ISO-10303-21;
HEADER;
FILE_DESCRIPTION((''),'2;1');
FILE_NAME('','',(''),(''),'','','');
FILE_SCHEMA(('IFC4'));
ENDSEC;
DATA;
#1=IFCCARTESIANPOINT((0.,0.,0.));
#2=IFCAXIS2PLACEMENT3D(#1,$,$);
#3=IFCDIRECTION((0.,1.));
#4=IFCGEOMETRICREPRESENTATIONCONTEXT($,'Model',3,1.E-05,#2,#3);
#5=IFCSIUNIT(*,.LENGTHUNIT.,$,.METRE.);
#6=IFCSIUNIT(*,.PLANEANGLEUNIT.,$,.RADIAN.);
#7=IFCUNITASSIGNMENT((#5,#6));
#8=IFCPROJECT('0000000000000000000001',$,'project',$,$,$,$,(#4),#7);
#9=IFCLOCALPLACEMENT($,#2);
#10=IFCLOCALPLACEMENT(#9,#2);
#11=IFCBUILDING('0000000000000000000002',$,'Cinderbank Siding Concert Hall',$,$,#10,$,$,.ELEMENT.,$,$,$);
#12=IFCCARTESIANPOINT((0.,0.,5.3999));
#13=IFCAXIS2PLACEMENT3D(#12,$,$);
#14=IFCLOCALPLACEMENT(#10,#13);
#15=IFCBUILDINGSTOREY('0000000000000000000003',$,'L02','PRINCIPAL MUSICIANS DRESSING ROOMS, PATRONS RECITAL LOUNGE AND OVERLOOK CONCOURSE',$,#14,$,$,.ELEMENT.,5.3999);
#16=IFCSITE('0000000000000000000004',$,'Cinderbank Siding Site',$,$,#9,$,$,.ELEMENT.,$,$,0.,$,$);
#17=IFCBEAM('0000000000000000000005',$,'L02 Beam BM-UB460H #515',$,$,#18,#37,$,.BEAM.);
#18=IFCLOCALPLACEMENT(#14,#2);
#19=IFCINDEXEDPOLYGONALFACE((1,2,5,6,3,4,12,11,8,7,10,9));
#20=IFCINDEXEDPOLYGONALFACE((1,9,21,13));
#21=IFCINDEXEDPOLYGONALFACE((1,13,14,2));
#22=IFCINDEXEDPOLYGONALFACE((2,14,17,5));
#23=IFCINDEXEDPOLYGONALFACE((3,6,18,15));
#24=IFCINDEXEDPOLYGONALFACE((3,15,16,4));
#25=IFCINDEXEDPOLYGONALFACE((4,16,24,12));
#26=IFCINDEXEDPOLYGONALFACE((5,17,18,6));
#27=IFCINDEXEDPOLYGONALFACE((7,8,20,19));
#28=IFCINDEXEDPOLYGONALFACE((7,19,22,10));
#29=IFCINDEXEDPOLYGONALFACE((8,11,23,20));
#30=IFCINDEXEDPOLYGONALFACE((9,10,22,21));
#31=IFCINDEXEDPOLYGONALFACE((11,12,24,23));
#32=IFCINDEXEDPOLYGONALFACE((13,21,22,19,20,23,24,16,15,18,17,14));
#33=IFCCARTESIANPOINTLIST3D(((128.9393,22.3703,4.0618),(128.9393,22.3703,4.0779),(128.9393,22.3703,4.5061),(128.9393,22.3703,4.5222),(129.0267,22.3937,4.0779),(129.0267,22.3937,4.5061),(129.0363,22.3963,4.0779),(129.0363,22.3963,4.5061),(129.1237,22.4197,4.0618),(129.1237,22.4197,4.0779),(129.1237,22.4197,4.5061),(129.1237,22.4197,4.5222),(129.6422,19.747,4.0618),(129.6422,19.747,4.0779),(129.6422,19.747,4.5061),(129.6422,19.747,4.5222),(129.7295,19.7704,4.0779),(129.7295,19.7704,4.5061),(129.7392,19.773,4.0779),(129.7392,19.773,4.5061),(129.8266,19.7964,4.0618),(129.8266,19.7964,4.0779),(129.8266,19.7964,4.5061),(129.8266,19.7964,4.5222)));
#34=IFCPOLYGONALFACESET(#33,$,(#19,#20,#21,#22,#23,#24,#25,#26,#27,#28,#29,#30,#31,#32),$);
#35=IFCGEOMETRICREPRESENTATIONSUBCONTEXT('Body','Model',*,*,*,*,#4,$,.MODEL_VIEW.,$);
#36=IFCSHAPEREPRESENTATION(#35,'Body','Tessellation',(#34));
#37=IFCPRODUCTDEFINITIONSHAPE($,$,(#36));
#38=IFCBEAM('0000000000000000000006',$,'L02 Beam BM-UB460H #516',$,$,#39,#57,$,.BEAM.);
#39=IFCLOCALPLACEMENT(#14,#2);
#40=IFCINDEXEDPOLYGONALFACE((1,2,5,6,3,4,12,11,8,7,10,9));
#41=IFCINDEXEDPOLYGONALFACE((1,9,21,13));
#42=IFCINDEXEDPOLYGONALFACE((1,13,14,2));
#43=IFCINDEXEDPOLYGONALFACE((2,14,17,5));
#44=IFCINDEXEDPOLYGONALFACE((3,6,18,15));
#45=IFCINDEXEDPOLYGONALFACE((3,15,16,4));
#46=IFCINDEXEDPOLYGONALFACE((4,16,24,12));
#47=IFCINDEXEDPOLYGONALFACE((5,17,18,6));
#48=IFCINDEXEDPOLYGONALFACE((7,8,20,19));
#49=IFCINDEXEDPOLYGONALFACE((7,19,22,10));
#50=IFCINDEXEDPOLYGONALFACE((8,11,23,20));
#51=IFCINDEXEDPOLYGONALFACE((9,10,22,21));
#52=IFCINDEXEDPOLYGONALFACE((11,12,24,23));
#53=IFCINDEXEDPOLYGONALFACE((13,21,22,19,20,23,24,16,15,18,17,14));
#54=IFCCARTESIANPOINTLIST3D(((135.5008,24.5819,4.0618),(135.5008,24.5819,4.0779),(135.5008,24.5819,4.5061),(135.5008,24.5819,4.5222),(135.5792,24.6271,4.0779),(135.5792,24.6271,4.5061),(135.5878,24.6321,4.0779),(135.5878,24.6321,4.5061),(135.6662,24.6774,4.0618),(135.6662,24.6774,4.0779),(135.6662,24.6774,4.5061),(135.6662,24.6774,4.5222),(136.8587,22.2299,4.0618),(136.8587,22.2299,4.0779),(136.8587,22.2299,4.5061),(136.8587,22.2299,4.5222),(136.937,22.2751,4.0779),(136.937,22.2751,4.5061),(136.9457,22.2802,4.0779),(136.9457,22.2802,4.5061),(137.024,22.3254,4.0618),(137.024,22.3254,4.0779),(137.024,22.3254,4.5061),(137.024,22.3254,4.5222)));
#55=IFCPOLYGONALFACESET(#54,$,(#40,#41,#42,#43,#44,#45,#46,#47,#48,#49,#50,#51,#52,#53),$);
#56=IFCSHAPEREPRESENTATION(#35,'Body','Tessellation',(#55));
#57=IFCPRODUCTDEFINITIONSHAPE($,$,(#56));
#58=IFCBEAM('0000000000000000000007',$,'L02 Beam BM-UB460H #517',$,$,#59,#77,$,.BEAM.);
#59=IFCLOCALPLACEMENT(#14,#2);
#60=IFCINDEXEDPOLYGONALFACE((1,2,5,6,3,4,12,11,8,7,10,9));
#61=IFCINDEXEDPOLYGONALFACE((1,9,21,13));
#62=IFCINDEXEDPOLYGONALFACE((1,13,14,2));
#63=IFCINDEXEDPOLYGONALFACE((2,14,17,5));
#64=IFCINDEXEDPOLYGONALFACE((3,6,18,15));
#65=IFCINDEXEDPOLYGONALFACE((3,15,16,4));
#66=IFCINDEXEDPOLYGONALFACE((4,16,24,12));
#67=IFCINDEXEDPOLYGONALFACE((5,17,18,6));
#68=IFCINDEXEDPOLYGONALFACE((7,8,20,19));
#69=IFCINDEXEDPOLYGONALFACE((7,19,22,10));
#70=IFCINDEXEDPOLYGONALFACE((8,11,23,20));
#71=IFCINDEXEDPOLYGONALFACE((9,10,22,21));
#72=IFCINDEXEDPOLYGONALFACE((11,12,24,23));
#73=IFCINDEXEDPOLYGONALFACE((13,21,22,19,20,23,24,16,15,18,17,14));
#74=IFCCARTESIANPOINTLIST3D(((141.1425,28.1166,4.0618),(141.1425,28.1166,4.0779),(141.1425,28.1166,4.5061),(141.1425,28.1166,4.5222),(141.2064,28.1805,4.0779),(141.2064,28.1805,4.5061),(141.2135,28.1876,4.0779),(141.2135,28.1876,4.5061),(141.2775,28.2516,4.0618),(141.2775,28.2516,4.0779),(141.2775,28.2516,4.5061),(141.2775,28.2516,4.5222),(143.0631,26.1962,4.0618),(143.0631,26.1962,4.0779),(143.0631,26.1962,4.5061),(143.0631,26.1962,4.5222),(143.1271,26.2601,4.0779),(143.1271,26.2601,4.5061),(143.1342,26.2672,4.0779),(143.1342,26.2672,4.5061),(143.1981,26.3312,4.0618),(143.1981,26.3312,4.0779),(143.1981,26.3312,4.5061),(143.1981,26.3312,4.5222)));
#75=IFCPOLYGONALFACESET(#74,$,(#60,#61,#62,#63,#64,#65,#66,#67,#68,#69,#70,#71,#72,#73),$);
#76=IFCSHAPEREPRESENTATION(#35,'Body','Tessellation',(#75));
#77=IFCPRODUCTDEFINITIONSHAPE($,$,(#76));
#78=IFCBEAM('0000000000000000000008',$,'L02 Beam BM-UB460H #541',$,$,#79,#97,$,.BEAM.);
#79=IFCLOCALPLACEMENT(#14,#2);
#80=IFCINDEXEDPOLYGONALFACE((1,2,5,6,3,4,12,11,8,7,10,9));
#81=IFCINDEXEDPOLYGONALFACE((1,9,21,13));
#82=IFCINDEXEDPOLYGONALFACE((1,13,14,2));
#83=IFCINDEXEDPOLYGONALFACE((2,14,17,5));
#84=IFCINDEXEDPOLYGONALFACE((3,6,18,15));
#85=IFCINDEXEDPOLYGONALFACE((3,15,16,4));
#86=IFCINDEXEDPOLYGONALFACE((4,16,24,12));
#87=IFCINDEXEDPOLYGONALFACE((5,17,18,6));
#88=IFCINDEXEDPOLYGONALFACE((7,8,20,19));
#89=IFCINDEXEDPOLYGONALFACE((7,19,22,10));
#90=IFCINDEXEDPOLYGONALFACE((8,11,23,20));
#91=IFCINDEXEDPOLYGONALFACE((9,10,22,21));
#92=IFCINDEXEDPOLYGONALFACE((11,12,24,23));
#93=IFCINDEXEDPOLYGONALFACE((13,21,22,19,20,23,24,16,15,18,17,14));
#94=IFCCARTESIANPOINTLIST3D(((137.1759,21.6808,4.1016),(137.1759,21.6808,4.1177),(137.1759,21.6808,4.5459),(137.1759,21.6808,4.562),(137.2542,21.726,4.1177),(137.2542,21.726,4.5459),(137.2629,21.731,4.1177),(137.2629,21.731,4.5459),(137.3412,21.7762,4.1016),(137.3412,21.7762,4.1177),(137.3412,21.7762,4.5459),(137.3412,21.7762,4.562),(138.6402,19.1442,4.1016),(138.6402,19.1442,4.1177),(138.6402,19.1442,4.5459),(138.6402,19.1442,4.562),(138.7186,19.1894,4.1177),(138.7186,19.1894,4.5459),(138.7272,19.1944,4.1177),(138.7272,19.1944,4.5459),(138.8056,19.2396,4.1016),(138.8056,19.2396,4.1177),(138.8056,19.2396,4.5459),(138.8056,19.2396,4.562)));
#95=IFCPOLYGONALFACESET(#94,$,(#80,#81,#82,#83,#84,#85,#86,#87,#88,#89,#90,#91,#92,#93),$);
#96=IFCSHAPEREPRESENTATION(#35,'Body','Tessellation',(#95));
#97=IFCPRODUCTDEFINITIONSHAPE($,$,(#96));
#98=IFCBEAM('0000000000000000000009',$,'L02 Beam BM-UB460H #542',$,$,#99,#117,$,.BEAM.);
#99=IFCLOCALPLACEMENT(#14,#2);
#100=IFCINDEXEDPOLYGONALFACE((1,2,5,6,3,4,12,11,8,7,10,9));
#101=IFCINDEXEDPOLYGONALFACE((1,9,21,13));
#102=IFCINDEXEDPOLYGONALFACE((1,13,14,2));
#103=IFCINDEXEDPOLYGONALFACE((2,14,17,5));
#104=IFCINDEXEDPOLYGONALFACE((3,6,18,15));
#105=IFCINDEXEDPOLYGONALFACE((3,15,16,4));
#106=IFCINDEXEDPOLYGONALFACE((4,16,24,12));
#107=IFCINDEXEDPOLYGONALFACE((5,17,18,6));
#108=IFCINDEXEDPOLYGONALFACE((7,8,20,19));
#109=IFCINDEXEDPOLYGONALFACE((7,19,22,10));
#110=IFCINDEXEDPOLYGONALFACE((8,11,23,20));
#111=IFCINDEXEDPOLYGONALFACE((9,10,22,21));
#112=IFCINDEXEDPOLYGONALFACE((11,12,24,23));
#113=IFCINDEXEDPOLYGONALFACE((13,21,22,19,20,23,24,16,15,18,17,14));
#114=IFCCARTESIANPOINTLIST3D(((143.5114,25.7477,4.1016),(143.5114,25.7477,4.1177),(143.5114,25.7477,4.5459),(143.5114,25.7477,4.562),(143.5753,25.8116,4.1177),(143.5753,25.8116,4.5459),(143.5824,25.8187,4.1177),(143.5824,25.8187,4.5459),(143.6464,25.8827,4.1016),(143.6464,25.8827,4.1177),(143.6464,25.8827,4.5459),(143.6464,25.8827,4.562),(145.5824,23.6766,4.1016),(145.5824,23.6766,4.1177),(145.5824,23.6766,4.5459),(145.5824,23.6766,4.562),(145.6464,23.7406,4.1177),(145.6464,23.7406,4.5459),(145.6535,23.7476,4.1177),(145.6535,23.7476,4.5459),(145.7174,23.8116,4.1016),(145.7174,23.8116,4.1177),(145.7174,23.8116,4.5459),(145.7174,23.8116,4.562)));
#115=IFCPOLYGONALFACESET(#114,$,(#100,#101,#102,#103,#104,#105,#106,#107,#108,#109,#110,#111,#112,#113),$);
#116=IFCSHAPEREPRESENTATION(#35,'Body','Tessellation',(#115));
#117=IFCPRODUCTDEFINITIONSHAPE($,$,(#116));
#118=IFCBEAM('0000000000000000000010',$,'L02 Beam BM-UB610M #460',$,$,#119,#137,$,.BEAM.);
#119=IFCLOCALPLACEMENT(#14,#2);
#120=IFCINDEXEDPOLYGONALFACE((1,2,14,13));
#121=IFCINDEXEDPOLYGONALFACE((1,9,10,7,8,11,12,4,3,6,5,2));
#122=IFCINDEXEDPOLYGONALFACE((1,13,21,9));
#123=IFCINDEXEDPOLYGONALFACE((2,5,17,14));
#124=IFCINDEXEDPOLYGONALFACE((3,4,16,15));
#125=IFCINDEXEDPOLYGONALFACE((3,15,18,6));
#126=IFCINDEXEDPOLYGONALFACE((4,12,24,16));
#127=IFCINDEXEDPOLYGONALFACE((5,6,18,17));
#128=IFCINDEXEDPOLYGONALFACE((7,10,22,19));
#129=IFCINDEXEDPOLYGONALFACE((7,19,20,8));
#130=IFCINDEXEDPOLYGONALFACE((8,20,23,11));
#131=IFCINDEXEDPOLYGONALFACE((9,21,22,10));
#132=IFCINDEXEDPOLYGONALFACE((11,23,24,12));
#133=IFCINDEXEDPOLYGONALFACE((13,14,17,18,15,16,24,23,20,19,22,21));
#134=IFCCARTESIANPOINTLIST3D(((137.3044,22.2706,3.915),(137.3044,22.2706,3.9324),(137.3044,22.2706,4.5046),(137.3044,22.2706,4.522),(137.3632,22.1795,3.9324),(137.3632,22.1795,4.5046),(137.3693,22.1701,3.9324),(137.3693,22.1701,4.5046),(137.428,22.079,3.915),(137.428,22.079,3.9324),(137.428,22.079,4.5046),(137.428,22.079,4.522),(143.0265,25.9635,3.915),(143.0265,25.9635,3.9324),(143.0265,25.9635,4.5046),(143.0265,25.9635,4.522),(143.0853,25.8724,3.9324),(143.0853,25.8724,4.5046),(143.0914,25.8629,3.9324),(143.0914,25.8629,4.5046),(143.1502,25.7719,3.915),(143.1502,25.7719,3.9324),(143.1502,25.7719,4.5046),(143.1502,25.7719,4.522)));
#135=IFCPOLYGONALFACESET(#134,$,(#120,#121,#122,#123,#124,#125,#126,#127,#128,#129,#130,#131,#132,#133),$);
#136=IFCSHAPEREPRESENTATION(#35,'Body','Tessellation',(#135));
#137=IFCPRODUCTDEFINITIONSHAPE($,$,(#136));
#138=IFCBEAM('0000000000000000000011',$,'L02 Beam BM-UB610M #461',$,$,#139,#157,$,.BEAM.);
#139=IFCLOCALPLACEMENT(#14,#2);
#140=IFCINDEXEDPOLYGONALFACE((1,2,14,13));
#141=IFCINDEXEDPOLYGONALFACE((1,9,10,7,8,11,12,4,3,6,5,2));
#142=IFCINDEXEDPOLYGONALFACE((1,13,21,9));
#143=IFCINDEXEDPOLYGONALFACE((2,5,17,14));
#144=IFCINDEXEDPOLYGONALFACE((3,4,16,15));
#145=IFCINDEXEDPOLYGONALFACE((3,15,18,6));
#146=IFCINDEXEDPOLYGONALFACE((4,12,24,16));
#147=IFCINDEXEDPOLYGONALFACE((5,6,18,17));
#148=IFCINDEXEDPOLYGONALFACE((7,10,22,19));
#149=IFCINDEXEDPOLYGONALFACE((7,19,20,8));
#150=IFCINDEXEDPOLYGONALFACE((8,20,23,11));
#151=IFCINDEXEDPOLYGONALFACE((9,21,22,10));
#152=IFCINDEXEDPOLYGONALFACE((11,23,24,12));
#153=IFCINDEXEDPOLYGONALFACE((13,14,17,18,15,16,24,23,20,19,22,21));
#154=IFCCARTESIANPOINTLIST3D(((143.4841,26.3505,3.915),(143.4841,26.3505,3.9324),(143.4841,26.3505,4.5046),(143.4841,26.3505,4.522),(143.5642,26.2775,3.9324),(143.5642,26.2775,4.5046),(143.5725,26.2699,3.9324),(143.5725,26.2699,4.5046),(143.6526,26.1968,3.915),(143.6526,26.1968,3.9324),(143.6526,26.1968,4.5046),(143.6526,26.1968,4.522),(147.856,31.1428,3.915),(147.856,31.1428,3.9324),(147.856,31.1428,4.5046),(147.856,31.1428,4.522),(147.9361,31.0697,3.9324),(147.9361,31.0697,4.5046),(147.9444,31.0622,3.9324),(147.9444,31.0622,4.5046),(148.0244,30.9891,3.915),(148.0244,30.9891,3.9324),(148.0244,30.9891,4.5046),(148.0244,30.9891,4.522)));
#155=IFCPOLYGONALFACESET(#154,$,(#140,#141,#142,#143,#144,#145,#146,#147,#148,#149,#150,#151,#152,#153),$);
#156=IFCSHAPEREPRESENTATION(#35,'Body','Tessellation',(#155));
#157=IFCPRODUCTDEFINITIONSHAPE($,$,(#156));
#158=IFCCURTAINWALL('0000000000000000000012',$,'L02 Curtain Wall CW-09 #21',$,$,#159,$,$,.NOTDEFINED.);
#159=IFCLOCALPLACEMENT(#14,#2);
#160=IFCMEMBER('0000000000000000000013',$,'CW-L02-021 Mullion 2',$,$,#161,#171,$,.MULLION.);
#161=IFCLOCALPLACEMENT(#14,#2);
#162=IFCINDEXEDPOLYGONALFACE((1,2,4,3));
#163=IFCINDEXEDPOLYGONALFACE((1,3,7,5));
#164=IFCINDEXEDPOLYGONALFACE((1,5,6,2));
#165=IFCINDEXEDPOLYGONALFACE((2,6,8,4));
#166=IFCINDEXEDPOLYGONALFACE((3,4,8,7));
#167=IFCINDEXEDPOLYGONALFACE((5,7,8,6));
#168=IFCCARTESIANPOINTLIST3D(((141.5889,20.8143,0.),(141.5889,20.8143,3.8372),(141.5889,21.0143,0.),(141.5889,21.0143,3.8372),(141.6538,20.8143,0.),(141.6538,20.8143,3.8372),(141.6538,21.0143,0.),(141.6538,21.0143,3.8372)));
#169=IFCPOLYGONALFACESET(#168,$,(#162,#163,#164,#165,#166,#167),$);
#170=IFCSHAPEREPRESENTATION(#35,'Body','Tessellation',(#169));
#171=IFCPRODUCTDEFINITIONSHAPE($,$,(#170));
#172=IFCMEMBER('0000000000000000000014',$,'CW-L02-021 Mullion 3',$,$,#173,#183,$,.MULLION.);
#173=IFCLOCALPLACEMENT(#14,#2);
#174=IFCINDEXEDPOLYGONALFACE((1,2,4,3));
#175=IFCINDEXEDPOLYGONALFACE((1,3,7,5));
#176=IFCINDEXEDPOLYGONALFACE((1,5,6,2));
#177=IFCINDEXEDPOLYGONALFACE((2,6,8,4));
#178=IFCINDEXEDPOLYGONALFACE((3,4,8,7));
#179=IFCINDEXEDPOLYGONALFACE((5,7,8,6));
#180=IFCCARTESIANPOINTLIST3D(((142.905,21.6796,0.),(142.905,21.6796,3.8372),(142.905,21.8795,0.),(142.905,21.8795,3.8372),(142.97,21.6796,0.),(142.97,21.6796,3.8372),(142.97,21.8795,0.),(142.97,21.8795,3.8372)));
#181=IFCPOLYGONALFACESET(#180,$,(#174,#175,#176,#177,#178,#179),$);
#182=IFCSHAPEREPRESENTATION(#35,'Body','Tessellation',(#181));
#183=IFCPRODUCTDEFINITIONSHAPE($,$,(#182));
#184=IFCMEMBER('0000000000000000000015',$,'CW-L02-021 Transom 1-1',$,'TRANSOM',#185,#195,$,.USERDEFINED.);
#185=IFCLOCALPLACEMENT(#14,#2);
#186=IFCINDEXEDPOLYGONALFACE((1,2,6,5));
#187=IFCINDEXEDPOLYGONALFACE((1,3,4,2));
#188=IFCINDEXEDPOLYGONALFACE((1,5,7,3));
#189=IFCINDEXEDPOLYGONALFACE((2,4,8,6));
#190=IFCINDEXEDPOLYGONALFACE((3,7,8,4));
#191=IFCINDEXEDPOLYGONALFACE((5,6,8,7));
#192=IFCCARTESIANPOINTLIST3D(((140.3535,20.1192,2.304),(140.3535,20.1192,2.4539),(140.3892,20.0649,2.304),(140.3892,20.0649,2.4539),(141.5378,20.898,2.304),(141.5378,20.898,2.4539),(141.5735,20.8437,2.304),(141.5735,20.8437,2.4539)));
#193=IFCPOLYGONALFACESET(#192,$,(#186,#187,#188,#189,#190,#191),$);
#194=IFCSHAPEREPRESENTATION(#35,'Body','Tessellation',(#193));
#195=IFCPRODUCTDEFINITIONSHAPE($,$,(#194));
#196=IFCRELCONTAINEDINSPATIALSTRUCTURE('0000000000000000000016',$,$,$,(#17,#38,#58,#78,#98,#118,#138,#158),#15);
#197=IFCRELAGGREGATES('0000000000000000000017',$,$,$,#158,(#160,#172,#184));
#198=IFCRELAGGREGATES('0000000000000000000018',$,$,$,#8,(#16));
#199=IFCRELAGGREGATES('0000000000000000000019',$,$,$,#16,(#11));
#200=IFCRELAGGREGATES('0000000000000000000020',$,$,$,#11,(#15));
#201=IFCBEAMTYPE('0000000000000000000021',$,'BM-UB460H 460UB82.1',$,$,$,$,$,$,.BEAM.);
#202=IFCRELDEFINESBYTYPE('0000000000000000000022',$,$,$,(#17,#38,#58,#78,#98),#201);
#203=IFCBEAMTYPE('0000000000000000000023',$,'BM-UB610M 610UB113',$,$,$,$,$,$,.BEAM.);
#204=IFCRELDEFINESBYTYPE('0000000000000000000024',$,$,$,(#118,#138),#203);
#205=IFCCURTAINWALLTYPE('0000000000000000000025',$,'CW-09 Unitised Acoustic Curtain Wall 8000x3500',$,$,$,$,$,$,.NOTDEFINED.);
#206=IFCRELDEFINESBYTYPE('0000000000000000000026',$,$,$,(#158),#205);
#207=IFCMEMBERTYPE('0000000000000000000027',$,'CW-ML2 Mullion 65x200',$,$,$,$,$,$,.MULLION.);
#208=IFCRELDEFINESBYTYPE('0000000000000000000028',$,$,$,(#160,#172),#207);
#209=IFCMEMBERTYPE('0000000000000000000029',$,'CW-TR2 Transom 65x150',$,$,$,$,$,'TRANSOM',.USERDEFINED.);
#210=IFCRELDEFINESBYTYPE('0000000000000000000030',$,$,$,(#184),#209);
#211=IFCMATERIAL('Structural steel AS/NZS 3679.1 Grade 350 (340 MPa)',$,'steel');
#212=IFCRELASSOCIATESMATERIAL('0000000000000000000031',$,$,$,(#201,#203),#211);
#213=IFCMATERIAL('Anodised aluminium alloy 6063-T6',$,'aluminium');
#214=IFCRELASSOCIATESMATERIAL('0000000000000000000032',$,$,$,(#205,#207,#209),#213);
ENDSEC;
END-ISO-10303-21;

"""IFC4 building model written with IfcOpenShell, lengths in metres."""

from ifc_helpers import new_model, si_unit, direction, frame, origin, origin_2d, place, context, subcontext, project, spatial, rectangle, i_section, extrude, material, material_profile, profile_set, type_object, element, aggregate, save


model = new_model("IFC4")

# Units and contexts
model_context = context("Model", 3, precision=1e-05, world=origin(), true_north=direction((0.0, 1.0)))
body_context = subcontext(model_context, "Body", "Model", "MODEL_VIEW")
ifc_project = project(units=[si_unit("LENGTHUNIT", "METRE"), si_unit("PLANEANGLEUNIT", "RADIAN")], contexts=[model_context])

# Site, building, storey
site_placement = place(None, origin())
site = spatial("IfcSite", under=ifc_project, at=site_placement, Name="Cinderbank Siding Site", CompositionType="ELEMENT", RefElevation=0.0)
building_placement = place(site_placement, origin())
building = spatial("IfcBuilding", under=site, at=building_placement, Name="Cinderbank Siding Concert Hall", CompositionType="ELEMENT")
storey_placement = place(building_placement, frame((0.0, 0.0, 5.3999)))
storey = spatial("IfcBuildingStorey", under=building, at=storey_placement, Name="L02", Description="PRINCIPAL MUSICIANS DRESSING ROOMS, PATRONS RECITAL LOUNGE AND OVERLOOK CONCOURSE", CompositionType="ELEMENT", Elevation=5.3999)

# Beams
ifc_material_1 = material(Name="Structural steel AS/NZS 3679.1 Grade 350 (340 MPa)", Category="steel")
ifc_material_profile_1 = material_profile(ifc_material_1, i_section(OverallWidth=0.1909, OverallDepth=0.4604, WebThickness=0.01, FlangeThickness=0.0161, at=origin_2d()), Name="460UB82.1", Category="LoadBearing")
ifc_profile_set_1 = profile_set([ifc_material_profile_1], Name="Structural steel AS/NZS 3679.1 Grade 350 (340 MPa)")
beam_type_1 = type_object("IfcBeamType", Name="BM-UB460H 460UB82.1", PredefinedType="BEAM", material=ifc_profile_set_1)
for number, where, z_axis, x_axis, name in (
    (1, (129.0315, 22.395, 4.292), (0.258809, -0.965928, 0.0), (0.965928, 0.258809, 0.0), "L02 Beam BM-UB460H #515"),
    (2, (135.5835, 24.6296, 4.292), (0.499987, -0.866033, 0.0), (0.866033, 0.499987, 0.0), "L02 Beam BM-UB460H #516"),
):
    element("IfcBeam", number, at=place(storey_placement, frame(where, z_axis=z_axis, x_axis=x_axis)), inside=storey, type_object=beam_type_1, Name=name, PredefinedType="BEAM", context=body_context, shape_type="SweptSolid", body=[
        extrude(i_section(OverallWidth=0.1909, OverallDepth=0.4604, WebThickness=0.01, FlangeThickness=0.0161, at=origin_2d()), origin(), (0.0, 0.0, 1.0), 2.7158),
    ])
beam_1_placement = place(storey_placement, frame((141.21, 28.1841, 4.292), z_axis=(0.707152, -0.707062, 0.0), x_axis=(0.707062, 0.707152, 0.0)))
element("IfcBeam", 3, at=beam_1_placement, inside=storey, type_object=beam_type_1, Name="L02 Beam BM-UB460H #517", PredefinedType="BEAM", context=body_context, shape_type="SweptSolid", body=[
    extrude(i_section(OverallWidth=0.1909, OverallDepth=0.4604, WebThickness=0.01, FlangeThickness=0.0161, at=origin_2d()), origin(), (0.0, 0.0, 1.0), 2.7161),
])
for number, where, z_axis, x_axis, name in (
    (4, (137.2585, 21.7285, 4.3318), (0.499958, -0.86605, 0.0), (0.86605, 0.499958, 0.0), "L02 Beam BM-UB460H #541"),
    (5, (143.5789, 25.8152, 4.3318), (0.707107, -0.707107, 0.0), (0.707107, 0.707107, 0.0), "L02 Beam BM-UB460H #542"),
):
    element("IfcBeam", number, at=place(storey_placement, frame(where, z_axis=z_axis, x_axis=x_axis)), inside=storey, type_object=beam_type_1, Name=name, PredefinedType="BEAM", context=body_context, shape_type="SweptSolid", body=[
        extrude(i_section(OverallWidth=0.1909, OverallDepth=0.4604, WebThickness=0.01, FlangeThickness=0.0161, at=origin_2d()), origin(), (0.0, 0.0, 1.0), 2.929),
    ])
ifc_material_profile_2 = material_profile(ifc_material_1, i_section(OverallWidth=0.228, OverallDepth=0.6069, WebThickness=0.0112, FlangeThickness=0.0173, at=origin_2d()), Name="610UB113", Category="LoadBearing")
ifc_profile_set_2 = profile_set([ifc_material_profile_2], Name="Structural steel AS/NZS 3679.1 Grade 350 (340 MPa)")
beam_type_2 = type_object("IfcBeamType", Name="BM-UB610M 610UB113", PredefinedType="BEAM", material=ifc_profile_set_2)
beam_2_placement = place(storey_placement, frame((137.3662, 22.1748, 4.2185), z_axis=(0.84022, 0.542246, 0.0), x_axis=(-0.542246, 0.84022, 0.0)))
element("IfcBeam", 6, at=beam_2_placement, inside=storey, type_object=beam_type_2, Name="L02 Beam BM-UB610M #460", PredefinedType="BEAM", context=body_context, shape_type="SweptSolid", body=[
    extrude(i_section(OverallWidth=0.228, OverallDepth=0.6069, WebThickness=0.0112, FlangeThickness=0.0173, at=origin_2d()), origin(), (0.0, 0.0, 1.0), 6.8103),
])
beam_3_placement = place(storey_placement, frame((143.5684, 26.2737, 4.2185), z_axis=(0.673959, 0.738769, 0.0), x_axis=(-0.738769, 0.673959, 0.0)))
element("IfcBeam", 7, at=beam_3_placement, inside=storey, type_object=beam_type_2, Name="L02 Beam BM-UB610M #461", PredefinedType="BEAM", context=body_context, shape_type="SweptSolid", body=[
    extrude(i_section(OverallWidth=0.228, OverallDepth=0.6069, WebThickness=0.0112, FlangeThickness=0.0173, at=origin_2d()), origin(), (0.0, 0.0, 1.0), 6.4868),
])

# Curtain wall, members
ifc_material_2 = material(Name="Anodised aluminium alloy 6063-T6", Category="aluminium")
curtain_wall_type = type_object("IfcCurtainWallType", Name="CW-09 Unitised Acoustic Curtain Wall 8000x3500", PredefinedType="NOTDEFINED", material=ifc_material_2)
curtain_wall_placement = place(storey_placement, origin())
curtain_wall = element("IfcCurtainWall", 8, at=curtain_wall_placement, inside=storey, type_object=curtain_wall_type, Name="L02 Curtain Wall CW-09 #21", PredefinedType="NOTDEFINED")
ifc_material_profile_3 = material_profile(ifc_material_2, rectangle(XDim=0.0649, YDim=0.2, at=origin_2d()), Name="ALU-MULL-65x200", Category="LoadBearing")
ifc_profile_set_3 = profile_set([ifc_material_profile_3], Name="Anodised aluminium alloy 6063-T6")
member_type_1 = type_object("IfcMemberType", Name="CW-ML2 Mullion 65x200", PredefinedType="MULLION", material=ifc_profile_set_3)
member_1_placement = place(storey_placement, frame((141.6213, 20.9143, 0.0), z_axis=(0.0, 0.0, 1.0), x_axis=(1.0, 0.0, 0.0)))
member_1 = element("IfcMember", 9, at=member_1_placement, type_object=member_type_1, Name="CW-L02-021 Mullion 2", PredefinedType="MULLION", context=body_context, shape_type="SweptSolid", body=[
    extrude(rectangle(XDim=0.0649, YDim=0.2, at=origin_2d()), origin(), (0.0, 0.0, 1.0), 3.8372),
])
member_2_placement = place(storey_placement, frame((142.9375, 21.7795, 0.0), z_axis=(0.0, 0.0, 1.0), x_axis=(1.0, 0.0, 0.0)))
member_2 = element("IfcMember", 10, at=member_2_placement, type_object=member_type_1, Name="CW-L02-021 Mullion 3", PredefinedType="MULLION", context=body_context, shape_type="SweptSolid", body=[
    extrude(rectangle(XDim=0.0649, YDim=0.2, at=origin_2d()), origin(), (0.0, 0.0, 1.0), 3.8372),
])
ifc_material_profile_4 = material_profile(ifc_material_2, rectangle(XDim=0.0649, YDim=0.1499, at=origin_2d()), Name="ALU-TRAN-65x150", Category="LoadBearing")
ifc_profile_set_4 = profile_set([ifc_material_profile_4], Name="Anodised aluminium alloy 6063-T6")
member_type_2 = type_object("IfcMemberType", Name="CW-TR2 Transom 65x150", ElementType="TRANSOM", PredefinedType="USERDEFINED", material=ifc_profile_set_4)
member_3_placement = place(storey_placement, frame((140.3713, 20.092, 2.3789), z_axis=(0.835532, 0.549443, 0.0), x_axis=(-0.549443, 0.835532, 0.0)))
member_3 = element("IfcMember", 11, at=member_3_placement, type_object=member_type_2, Name="CW-L02-021 Transom 1-1", ObjectType="TRANSOM", PredefinedType="USERDEFINED", context=body_context, shape_type="SweptSolid", body=[
    extrude(rectangle(XDim=0.0649, YDim=0.1499, at=origin_2d()), origin(), (0.0, 0.0, 1.0), 1.4175),
])
aggregate(curtain_wall, [member_1, member_2, member_3])

save(model, "model.ifc")
